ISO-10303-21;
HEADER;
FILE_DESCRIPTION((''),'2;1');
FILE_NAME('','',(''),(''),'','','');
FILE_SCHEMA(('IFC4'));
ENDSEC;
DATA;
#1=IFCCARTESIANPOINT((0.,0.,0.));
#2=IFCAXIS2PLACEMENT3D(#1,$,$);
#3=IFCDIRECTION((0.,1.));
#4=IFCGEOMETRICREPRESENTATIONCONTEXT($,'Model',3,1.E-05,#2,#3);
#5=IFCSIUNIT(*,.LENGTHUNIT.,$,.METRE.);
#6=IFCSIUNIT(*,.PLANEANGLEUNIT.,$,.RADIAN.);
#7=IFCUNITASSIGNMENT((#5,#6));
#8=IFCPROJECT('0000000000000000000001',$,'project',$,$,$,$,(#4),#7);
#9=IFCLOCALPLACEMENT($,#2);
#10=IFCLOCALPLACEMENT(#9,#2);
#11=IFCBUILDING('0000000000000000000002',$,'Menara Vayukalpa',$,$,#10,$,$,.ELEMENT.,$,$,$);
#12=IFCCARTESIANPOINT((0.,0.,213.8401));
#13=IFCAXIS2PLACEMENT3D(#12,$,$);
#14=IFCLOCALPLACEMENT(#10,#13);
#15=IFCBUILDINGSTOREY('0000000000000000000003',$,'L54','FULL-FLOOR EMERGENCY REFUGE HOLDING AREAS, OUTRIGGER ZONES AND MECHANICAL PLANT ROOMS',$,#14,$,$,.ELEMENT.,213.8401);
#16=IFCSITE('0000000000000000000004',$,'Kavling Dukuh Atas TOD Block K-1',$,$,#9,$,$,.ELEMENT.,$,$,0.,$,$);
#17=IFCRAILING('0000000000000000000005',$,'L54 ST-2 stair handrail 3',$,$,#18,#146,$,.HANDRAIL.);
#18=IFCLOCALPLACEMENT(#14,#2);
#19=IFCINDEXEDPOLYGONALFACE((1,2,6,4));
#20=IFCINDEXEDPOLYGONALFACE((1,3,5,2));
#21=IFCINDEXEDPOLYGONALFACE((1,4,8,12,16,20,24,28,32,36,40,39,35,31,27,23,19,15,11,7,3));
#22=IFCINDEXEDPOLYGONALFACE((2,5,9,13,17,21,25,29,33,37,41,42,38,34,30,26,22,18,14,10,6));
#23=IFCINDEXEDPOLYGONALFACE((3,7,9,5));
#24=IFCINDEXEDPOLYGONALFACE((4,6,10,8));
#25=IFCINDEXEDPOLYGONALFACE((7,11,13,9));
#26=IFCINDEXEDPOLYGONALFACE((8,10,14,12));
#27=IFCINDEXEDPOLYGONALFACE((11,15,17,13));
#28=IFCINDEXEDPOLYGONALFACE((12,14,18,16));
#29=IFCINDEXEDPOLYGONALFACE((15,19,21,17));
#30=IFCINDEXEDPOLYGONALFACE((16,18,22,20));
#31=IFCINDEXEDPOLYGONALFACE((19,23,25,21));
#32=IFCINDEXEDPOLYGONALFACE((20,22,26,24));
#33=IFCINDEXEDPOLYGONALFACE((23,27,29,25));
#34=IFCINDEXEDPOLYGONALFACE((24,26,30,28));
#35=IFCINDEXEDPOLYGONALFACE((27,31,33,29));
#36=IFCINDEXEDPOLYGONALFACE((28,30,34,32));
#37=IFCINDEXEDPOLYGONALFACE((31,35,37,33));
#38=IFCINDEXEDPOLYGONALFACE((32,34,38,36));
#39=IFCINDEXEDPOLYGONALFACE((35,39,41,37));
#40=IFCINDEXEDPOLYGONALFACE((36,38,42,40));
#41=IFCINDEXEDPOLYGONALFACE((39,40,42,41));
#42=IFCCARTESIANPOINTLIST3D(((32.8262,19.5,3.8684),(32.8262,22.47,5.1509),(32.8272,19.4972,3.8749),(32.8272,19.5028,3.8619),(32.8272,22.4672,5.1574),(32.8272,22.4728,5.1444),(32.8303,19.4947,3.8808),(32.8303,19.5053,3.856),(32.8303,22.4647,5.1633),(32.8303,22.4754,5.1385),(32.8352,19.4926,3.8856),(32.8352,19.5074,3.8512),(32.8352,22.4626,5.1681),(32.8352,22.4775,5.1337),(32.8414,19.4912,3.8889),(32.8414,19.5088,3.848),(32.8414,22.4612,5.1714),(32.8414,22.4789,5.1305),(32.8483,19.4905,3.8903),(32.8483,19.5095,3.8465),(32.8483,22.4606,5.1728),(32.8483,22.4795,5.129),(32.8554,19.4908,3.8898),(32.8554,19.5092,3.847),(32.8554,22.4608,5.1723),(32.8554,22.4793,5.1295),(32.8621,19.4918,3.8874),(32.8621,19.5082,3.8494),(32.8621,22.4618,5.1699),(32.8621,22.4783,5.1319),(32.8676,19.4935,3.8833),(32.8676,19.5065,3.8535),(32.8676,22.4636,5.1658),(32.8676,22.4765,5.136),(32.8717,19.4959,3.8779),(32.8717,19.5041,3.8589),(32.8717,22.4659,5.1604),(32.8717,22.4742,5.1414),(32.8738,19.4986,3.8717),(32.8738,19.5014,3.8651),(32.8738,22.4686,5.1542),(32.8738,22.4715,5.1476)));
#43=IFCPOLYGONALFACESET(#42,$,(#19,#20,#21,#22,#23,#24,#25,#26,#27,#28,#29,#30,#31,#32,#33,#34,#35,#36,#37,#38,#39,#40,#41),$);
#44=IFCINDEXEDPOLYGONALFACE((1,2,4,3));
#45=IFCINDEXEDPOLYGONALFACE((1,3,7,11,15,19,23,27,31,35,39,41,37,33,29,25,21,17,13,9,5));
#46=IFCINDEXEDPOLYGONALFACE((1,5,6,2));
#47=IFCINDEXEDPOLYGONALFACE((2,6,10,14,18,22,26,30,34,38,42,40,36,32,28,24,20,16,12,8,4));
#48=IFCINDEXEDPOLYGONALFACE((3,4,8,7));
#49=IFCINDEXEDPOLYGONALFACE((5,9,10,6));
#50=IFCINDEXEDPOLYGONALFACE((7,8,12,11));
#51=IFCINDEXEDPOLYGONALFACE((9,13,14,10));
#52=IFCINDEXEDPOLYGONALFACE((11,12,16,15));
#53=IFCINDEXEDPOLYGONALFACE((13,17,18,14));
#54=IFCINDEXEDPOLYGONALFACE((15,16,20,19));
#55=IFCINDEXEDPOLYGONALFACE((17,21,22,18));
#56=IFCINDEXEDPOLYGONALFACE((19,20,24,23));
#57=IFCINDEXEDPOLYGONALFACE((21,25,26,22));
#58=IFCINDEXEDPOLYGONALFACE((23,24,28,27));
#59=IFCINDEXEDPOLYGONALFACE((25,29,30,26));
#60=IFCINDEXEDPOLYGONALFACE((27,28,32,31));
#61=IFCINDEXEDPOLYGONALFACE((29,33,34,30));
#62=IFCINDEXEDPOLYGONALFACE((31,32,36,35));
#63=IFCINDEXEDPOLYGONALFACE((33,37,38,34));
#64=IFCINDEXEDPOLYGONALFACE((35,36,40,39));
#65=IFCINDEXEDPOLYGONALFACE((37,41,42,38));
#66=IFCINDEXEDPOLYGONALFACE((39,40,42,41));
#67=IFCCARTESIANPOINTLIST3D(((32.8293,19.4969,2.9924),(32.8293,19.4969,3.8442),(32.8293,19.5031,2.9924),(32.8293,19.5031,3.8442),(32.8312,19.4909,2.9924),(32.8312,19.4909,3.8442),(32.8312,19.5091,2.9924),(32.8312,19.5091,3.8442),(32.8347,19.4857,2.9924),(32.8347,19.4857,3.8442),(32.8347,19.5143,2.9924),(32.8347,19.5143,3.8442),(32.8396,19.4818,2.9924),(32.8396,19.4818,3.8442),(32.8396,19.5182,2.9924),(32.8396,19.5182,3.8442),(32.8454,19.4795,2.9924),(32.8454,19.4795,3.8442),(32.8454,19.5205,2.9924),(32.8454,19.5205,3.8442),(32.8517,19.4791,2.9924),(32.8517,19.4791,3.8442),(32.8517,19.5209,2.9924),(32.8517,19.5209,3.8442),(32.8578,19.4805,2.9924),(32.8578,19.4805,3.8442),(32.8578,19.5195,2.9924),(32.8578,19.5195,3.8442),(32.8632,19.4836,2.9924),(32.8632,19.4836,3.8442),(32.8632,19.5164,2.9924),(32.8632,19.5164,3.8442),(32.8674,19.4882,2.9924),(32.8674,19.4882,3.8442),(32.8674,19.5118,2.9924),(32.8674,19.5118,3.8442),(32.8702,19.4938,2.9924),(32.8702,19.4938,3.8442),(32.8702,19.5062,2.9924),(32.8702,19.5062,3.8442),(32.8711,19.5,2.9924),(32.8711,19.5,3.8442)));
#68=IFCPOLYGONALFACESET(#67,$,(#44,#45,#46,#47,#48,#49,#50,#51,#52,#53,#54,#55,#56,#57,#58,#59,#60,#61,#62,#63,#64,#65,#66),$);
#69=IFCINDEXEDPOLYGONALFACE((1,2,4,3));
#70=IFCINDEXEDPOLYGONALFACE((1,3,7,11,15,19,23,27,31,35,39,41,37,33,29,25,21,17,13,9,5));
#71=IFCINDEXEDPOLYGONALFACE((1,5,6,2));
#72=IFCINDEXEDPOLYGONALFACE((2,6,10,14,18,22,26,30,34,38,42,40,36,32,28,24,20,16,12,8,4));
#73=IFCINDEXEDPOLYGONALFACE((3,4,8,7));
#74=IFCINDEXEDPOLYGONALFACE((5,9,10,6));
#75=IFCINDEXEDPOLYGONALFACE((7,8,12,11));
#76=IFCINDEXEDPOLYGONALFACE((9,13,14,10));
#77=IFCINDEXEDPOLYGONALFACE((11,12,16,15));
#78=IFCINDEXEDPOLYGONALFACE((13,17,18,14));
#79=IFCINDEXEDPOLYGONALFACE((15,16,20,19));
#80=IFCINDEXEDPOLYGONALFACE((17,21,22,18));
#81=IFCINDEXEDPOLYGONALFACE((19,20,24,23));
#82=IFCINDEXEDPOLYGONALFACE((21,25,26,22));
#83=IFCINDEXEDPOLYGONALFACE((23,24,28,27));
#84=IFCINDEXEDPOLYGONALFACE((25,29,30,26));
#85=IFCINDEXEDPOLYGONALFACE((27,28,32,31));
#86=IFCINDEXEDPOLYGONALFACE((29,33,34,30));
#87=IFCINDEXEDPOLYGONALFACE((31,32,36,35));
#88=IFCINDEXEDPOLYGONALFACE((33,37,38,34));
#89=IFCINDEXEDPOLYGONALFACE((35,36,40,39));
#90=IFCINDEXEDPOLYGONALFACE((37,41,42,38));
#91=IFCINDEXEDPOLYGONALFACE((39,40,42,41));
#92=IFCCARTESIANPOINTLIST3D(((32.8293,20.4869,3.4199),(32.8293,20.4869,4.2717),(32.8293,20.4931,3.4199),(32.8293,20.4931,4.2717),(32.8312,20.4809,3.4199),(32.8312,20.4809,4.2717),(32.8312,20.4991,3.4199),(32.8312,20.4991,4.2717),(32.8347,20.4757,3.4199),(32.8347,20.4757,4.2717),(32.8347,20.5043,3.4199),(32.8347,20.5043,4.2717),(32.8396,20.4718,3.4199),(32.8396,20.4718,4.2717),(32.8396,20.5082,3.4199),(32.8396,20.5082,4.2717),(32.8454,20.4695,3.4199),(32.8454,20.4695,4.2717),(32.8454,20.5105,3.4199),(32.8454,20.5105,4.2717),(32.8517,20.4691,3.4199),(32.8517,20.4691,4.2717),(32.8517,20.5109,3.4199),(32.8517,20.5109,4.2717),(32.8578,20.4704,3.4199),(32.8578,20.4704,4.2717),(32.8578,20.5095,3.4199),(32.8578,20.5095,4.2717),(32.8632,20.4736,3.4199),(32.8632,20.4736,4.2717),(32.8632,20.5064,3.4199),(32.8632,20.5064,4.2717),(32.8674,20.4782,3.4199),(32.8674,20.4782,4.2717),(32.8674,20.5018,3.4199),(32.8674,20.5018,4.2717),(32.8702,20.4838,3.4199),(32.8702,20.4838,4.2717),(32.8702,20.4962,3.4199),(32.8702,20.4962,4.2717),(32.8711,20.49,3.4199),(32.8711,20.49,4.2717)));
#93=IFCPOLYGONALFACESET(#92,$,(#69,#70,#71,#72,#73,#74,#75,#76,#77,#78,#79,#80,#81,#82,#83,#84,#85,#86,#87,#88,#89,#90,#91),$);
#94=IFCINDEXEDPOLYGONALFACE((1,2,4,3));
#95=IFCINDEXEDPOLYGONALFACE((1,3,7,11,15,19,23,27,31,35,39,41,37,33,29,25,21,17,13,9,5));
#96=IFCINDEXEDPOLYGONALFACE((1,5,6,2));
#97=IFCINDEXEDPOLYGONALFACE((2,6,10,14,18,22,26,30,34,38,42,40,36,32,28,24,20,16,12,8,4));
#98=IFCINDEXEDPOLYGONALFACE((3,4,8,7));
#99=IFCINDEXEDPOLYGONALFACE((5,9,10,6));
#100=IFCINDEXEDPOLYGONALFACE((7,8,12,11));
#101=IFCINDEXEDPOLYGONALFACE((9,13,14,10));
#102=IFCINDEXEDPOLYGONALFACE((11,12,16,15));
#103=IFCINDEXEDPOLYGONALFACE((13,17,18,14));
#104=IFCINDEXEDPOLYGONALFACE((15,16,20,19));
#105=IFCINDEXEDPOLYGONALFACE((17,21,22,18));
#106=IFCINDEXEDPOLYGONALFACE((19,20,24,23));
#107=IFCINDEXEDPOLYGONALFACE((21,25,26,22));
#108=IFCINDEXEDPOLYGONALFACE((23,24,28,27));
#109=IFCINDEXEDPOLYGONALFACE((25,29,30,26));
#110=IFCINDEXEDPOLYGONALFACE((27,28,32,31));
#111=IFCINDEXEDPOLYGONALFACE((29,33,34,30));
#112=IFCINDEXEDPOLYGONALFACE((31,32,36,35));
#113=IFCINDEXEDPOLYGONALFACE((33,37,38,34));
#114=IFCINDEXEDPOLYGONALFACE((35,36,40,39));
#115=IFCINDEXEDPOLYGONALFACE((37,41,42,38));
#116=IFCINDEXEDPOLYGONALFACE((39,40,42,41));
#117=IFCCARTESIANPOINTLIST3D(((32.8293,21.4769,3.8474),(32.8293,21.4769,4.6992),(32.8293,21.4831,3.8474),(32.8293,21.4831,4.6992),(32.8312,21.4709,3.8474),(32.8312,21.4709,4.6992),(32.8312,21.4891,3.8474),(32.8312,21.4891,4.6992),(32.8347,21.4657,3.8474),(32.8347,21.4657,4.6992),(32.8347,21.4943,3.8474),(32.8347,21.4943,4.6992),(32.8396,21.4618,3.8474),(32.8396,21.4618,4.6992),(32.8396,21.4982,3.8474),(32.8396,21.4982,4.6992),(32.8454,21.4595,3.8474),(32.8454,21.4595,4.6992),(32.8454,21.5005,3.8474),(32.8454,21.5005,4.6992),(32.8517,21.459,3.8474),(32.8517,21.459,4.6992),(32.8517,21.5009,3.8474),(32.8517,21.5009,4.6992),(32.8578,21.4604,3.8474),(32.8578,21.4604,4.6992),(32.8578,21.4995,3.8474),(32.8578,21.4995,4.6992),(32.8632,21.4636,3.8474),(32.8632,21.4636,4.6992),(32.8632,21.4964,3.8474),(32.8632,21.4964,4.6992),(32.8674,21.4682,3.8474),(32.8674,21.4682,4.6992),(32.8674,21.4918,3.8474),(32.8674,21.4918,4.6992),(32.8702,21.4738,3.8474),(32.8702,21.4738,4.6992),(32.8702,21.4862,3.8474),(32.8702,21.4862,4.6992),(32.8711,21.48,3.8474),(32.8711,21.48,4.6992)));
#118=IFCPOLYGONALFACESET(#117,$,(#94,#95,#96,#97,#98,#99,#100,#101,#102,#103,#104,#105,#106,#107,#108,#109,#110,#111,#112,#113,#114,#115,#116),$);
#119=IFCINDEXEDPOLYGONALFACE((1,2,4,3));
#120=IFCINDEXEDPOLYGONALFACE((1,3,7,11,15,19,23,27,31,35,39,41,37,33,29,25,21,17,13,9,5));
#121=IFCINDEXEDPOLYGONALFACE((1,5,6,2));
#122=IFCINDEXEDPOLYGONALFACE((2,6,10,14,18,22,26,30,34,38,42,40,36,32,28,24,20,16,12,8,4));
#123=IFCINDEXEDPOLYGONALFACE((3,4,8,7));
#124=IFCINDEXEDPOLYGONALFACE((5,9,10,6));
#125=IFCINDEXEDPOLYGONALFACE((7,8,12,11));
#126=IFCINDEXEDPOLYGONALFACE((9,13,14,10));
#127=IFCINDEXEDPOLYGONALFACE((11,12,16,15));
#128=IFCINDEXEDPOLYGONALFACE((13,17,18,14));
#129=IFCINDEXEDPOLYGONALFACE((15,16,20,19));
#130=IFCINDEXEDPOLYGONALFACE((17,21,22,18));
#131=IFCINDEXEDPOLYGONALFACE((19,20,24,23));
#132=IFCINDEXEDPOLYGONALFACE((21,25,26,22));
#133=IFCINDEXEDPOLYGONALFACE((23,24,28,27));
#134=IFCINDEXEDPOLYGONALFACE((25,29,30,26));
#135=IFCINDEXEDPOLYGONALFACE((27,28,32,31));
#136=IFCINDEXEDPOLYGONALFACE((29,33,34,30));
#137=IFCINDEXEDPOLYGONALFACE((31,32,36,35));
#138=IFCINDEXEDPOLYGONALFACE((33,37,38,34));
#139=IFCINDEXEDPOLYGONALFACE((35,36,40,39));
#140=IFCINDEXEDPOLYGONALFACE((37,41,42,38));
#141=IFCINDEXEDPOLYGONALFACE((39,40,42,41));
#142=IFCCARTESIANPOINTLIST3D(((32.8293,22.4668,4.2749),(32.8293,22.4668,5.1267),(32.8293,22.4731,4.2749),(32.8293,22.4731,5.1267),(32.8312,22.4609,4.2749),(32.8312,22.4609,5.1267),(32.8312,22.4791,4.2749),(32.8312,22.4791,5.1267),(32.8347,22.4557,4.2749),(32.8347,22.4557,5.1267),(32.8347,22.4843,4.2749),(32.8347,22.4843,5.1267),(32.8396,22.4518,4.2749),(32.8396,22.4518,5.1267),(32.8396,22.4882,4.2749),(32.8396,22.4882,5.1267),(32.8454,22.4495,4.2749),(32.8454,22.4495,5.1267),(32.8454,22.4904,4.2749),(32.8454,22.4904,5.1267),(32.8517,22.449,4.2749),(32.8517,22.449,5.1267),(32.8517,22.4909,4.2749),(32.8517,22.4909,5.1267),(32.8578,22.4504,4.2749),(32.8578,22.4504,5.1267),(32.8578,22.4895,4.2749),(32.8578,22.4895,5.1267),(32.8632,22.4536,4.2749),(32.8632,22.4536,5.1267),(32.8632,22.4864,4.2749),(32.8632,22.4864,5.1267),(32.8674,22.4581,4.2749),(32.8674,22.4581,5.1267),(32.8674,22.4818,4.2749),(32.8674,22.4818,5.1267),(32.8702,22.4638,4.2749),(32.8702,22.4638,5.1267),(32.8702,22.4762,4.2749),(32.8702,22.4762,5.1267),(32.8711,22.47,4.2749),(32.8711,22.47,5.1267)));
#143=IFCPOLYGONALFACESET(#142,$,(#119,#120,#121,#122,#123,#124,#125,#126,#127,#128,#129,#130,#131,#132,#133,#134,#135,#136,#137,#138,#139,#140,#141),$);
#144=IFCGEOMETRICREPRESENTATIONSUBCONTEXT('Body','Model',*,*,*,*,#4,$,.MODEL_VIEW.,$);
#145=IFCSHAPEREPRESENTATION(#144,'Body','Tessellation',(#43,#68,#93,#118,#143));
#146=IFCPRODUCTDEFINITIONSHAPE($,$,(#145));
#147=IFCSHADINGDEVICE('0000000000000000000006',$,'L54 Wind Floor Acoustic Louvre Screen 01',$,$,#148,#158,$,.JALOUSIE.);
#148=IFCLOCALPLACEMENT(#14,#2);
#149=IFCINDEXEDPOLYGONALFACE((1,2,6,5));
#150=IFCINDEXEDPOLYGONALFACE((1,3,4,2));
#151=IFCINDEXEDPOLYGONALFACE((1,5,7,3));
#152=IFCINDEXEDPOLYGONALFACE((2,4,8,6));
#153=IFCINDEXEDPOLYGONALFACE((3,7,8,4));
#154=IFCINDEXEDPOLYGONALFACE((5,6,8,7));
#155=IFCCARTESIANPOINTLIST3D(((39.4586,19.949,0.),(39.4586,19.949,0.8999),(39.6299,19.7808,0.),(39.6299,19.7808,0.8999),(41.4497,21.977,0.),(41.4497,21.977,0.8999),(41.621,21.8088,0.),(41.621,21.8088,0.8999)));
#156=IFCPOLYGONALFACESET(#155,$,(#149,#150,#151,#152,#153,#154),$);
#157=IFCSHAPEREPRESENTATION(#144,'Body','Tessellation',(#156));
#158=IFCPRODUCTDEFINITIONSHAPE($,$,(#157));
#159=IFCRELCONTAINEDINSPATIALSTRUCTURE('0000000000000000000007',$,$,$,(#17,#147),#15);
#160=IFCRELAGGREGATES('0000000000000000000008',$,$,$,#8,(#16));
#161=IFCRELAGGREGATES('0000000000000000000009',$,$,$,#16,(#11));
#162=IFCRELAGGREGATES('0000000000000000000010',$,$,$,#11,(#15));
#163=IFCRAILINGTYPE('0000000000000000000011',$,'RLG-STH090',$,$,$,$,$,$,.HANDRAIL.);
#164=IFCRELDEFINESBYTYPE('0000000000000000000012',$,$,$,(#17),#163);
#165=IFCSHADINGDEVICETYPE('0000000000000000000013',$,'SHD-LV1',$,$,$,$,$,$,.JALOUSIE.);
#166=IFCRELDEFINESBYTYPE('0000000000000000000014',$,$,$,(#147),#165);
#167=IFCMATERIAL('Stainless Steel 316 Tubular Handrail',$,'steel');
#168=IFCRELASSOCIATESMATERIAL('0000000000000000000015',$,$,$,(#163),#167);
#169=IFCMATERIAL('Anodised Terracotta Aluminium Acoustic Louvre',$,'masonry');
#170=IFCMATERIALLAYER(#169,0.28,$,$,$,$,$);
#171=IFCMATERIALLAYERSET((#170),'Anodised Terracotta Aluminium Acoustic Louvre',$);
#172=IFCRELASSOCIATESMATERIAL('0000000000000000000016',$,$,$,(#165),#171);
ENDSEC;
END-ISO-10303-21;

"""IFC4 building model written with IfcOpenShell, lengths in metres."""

from ifc_helpers import new_model, si_unit, direction, frame, origin, origin_2d, place, context, subcontext, project, spatial, rectangle, circle, extrude, material, layer, layer_set, type_object, element, save


model = new_model("IFC4")

# Units and contexts
model_context = context("Model", 3, precision=1e-05, world=origin(), true_north=direction((0.0, 1.0)))
body_context = subcontext(model_context, "Body", "Model", "MODEL_VIEW")
ifc_project = project(units=[si_unit("LENGTHUNIT", "METRE"), si_unit("PLANEANGLEUNIT", "RADIAN")], contexts=[model_context])

# Site, building, storey
site_placement = place(None, origin())
site = spatial("IfcSite", under=ifc_project, at=site_placement, Name="Kavling Dukuh Atas TOD Block K-1", CompositionType="ELEMENT", RefElevation=0.0)
building_placement = place(site_placement, origin())
building = spatial("IfcBuilding", under=site, at=building_placement, Name="Menara Vayukalpa", CompositionType="ELEMENT")
storey_placement = place(building_placement, frame((0.0, 0.0, 213.8401)))
storey = spatial("IfcBuildingStorey", under=building, at=storey_placement, Name="L54", Description="FULL-FLOOR EMERGENCY REFUGE HOLDING AREAS, OUTRIGGER ZONES AND MECHANICAL PLANT ROOMS", CompositionType="ELEMENT", Elevation=213.8401)

# Railing
ifc_material_1 = material(Name="Stainless Steel 316 Tubular Handrail", Category="steel")
railing_type_1 = type_object("IfcRailingType", Name="RLG-STH090", PredefinedType="HANDRAIL", material=ifc_material_1)
for number, where, name in (
    (1, (32.8501, 19.5, 2.9924), "L54 ST-2 stair handrail 3"),
):
    element("IfcRailing", number, at=place(storey_placement, frame(where)), inside=storey, type_object=railing_type_1, Name=name, PredefinedType="HANDRAIL", context=body_context, shape_type="SweptSolid", body=[
        extrude(circle(Radius=0.0239, at=origin_2d()), frame((0.0, 0.0, 0.876), z_axis=(0.0, 0.918064, 0.396432), x_axis=(-1.0, 0.0, 0.0)), (0.0, 0.0, 1.0), 3.2351),
        extrude(circle(Radius=0.021, at=origin_2d()), origin(), (0.0, 0.0, 1.0), 0.8518),
        extrude(circle(Radius=0.021, at=origin_2d()), frame((0.0, 0.99, 0.4275)), (0.0, 0.0, 1.0), 0.8518),
        extrude(circle(Radius=0.021, at=origin_2d()), frame((0.0, 1.98, 0.855)), (0.0, 0.0, 1.0), 0.8518),
        extrude(circle(Radius=0.021, at=origin_2d()), frame((0.0, 2.97, 1.2825)), (0.0, 0.0, 1.0), 0.8518),
    ])

# Shading device
ifc_material_2 = material(Name="Anodised Terracotta Aluminium Acoustic Louvre", Category="masonry")
ifc_layer_1 = layer(ifc_material_2, 0.28)
ifc_layer_set_1 = layer_set([ifc_layer_1], Name="Anodised Terracotta Aluminium Acoustic Louvre")
shading_device_type = type_object("IfcShadingDeviceType", Name="SHD-LV1", PredefinedType="JALOUSIE", material=ifc_layer_set_1)
shading_device_placement = place(storey_placement, frame((40.5398, 20.8789, 0.0), z_axis=(0.0, 0.0, 1.0), x_axis=(0.700586, 0.713568, 0.0)))
element("IfcShadingDevice", 2, at=shading_device_placement, inside=storey, type_object=shading_device_type, Name="L54 Wind Floor Acoustic Louvre Screen 01", PredefinedType="JALOUSIE", context=body_context, shape_type="SweptSolid", body=[
    extrude(rectangle(XDim=2.842, YDim=0.24, at=origin_2d()), origin(), (0.0, 0.0, 1.0), 0.8999),
])

save(model, "model.ifc")
